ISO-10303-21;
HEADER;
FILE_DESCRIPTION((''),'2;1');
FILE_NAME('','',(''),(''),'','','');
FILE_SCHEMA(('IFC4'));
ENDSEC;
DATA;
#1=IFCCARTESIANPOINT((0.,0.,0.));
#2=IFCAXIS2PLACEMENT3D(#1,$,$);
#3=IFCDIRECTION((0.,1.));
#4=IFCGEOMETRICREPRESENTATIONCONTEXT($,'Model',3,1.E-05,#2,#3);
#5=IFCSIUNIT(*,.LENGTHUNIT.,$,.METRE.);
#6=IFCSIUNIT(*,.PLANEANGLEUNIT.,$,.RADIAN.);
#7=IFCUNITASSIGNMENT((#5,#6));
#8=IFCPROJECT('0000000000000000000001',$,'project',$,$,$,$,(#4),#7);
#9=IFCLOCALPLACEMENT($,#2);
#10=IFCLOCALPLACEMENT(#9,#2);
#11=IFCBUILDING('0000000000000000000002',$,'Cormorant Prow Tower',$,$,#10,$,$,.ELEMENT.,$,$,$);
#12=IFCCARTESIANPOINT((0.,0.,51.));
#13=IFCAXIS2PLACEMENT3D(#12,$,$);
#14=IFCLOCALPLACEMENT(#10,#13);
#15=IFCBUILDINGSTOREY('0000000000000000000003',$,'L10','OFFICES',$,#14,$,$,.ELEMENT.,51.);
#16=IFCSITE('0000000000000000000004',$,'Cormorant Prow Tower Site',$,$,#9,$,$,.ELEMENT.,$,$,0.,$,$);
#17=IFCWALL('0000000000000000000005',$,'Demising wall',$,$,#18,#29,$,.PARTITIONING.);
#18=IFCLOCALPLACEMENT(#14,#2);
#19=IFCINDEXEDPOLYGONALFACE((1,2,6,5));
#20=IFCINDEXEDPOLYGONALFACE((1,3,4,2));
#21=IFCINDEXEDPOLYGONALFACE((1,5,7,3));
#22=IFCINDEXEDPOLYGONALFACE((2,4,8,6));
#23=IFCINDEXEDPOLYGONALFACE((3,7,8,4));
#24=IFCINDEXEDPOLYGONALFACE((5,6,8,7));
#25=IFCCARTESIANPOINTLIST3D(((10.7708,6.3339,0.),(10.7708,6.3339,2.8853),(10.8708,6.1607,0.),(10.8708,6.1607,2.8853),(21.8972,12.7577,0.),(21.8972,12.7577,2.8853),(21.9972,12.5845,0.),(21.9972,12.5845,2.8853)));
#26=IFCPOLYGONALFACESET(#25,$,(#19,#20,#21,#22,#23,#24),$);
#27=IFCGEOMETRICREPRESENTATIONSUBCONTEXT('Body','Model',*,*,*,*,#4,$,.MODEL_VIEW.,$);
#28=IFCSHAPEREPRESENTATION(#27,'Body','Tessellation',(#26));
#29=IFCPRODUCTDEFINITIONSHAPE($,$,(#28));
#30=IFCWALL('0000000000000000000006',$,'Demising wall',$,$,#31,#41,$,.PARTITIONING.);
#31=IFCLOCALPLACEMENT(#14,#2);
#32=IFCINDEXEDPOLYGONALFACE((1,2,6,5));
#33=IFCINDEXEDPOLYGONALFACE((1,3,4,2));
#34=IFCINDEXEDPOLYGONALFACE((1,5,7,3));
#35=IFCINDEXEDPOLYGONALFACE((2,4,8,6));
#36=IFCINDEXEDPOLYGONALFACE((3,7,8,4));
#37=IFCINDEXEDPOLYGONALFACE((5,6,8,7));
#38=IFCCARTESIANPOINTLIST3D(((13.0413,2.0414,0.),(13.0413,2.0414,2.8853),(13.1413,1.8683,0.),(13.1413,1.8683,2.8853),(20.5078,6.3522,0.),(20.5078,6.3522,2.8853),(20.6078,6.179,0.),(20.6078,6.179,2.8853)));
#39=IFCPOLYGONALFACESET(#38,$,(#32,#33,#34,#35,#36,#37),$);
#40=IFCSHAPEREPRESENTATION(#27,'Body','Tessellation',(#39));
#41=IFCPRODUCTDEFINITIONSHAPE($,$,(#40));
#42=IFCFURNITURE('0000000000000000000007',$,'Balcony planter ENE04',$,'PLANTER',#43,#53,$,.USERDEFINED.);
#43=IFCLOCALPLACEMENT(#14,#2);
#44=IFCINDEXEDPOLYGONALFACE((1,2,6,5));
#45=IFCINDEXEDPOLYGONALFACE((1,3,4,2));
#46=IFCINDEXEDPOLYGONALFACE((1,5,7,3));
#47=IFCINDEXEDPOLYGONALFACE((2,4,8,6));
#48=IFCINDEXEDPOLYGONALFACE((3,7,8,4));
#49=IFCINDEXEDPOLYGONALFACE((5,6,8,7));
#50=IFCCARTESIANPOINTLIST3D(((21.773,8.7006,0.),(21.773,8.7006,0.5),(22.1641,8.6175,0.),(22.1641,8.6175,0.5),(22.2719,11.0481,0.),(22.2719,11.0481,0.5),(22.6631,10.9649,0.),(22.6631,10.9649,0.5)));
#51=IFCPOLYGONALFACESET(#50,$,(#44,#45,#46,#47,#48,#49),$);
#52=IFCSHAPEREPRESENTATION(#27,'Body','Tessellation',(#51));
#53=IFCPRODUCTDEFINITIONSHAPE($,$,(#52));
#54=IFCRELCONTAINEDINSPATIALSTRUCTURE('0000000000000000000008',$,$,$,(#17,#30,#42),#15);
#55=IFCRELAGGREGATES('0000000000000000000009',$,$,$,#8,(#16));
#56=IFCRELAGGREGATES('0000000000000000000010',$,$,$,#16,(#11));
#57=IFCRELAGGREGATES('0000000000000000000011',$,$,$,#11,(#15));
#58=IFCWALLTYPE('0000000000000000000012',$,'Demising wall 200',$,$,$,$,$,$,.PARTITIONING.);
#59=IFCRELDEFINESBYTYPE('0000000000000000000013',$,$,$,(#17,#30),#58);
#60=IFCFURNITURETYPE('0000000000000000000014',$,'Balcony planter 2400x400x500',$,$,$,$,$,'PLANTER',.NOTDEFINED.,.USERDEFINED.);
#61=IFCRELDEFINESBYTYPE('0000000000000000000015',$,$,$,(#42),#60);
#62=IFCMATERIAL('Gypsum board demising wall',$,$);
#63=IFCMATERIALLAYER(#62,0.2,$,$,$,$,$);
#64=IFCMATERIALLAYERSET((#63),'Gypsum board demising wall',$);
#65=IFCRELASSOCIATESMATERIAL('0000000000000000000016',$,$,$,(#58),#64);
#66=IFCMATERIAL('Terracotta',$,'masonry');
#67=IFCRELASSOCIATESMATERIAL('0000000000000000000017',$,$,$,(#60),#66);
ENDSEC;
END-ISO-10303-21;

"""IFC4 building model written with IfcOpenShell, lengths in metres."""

from ifc_helpers import new_model, si_unit, direction, frame, frame_2d, origin, origin_2d, place, context, subcontext, project, spatial, rectangle, extrude, material, layer, layer_set, type_object, element, save


model = new_model("IFC4")

# Units and contexts
model_context = context("Model", 3, precision=1e-05, world=origin(), true_north=direction((0.0, 1.0)))
body_context = subcontext(model_context, "Body", "Model", "MODEL_VIEW")
ifc_project = project(units=[si_unit("LENGTHUNIT", "METRE"), si_unit("PLANEANGLEUNIT", "RADIAN")], contexts=[model_context])

# Site, building, storey
site_placement = place(None, origin())
site = spatial("IfcSite", under=ifc_project, at=site_placement, Name="Cormorant Prow Tower Site", CompositionType="ELEMENT", RefElevation=0.0)
building_placement = place(site_placement, origin())
building = spatial("IfcBuilding", under=site, at=building_placement, Name="Cormorant Prow Tower", CompositionType="ELEMENT")
storey_placement = place(building_placement, frame((0.0, 0.0, 51.0)))
storey = spatial("IfcBuildingStorey", under=building, at=storey_placement, Name="L10", Description="OFFICES", CompositionType="ELEMENT", Elevation=51.0)

# Walls
ifc_material_1 = material(Name="Gypsum board demising wall")
ifc_layer_1 = layer(ifc_material_1, 0.2)
ifc_layer_set_1 = layer_set([ifc_layer_1], Name="Gypsum board demising wall")
wall_type_1 = type_object("IfcWallType", Name="Demising wall 200", PredefinedType="PARTITIONING", material=ifc_layer_set_1)
wall_1_placement = place(storey_placement, frame((10.8208, 6.2473, 0.0), z_axis=(0.0, 0.0, 1.0), x_axis=(0.866027, 0.499998, 0.0)))
element("IfcWall", 1, at=wall_1_placement, inside=storey, type_object=wall_type_1, Name="Demising wall", PredefinedType="PARTITIONING", context=body_context, shape_type="SweptSolid", body=[
    extrude(rectangle(XDim=12.8477, YDim=0.2, at=frame_2d((6.4238, 0.0))), origin(), (0.0, 0.0, 1.0), 2.8853),
])
wall_2_placement = place(storey_placement, frame((13.0913, 1.9548, 0.0), z_axis=(0.0, 0.0, 1.0), x_axis=(0.866027, 0.499998, 0.0)))
element("IfcWall", 2, at=wall_2_placement, inside=storey, type_object=wall_type_1, Name="Demising wall", PredefinedType="PARTITIONING", context=body_context, shape_type="SweptSolid", body=[
    extrude(rectangle(XDim=8.6216, YDim=0.2, at=frame_2d((4.3108, 0.0))), origin(), (0.0, 0.0, 1.0), 2.8853),
])

# Furniture
ifc_material_2 = material(Name="Terracotta", Category="masonry")
furniture_type = type_object("IfcFurnitureType", Name="Balcony planter 2400x400x500", ElementType="PLANTER", AssemblyPlace="NOTDEFINED", PredefinedType="USERDEFINED", material=ifc_material_2)
furniture_placement = place(storey_placement, frame((22.218, 9.8328, 0.0), z_axis=(0.0, 0.0, 1.0), x_axis=(0.207912, 0.978148, 0.0)))
element("IfcFurniture", 3, at=furniture_placement, inside=storey, type_object=furniture_type, Name="Balcony planter ENE04", ObjectType="PLANTER", PredefinedType="USERDEFINED", context=body_context, shape_type="SweptSolid", body=[
    extrude(rectangle(XDim=2.3999, YDim=0.3999, at=origin_2d()), origin(), (0.0, 0.0, 1.0), 0.5),
])

save(model, "model.ifc")
